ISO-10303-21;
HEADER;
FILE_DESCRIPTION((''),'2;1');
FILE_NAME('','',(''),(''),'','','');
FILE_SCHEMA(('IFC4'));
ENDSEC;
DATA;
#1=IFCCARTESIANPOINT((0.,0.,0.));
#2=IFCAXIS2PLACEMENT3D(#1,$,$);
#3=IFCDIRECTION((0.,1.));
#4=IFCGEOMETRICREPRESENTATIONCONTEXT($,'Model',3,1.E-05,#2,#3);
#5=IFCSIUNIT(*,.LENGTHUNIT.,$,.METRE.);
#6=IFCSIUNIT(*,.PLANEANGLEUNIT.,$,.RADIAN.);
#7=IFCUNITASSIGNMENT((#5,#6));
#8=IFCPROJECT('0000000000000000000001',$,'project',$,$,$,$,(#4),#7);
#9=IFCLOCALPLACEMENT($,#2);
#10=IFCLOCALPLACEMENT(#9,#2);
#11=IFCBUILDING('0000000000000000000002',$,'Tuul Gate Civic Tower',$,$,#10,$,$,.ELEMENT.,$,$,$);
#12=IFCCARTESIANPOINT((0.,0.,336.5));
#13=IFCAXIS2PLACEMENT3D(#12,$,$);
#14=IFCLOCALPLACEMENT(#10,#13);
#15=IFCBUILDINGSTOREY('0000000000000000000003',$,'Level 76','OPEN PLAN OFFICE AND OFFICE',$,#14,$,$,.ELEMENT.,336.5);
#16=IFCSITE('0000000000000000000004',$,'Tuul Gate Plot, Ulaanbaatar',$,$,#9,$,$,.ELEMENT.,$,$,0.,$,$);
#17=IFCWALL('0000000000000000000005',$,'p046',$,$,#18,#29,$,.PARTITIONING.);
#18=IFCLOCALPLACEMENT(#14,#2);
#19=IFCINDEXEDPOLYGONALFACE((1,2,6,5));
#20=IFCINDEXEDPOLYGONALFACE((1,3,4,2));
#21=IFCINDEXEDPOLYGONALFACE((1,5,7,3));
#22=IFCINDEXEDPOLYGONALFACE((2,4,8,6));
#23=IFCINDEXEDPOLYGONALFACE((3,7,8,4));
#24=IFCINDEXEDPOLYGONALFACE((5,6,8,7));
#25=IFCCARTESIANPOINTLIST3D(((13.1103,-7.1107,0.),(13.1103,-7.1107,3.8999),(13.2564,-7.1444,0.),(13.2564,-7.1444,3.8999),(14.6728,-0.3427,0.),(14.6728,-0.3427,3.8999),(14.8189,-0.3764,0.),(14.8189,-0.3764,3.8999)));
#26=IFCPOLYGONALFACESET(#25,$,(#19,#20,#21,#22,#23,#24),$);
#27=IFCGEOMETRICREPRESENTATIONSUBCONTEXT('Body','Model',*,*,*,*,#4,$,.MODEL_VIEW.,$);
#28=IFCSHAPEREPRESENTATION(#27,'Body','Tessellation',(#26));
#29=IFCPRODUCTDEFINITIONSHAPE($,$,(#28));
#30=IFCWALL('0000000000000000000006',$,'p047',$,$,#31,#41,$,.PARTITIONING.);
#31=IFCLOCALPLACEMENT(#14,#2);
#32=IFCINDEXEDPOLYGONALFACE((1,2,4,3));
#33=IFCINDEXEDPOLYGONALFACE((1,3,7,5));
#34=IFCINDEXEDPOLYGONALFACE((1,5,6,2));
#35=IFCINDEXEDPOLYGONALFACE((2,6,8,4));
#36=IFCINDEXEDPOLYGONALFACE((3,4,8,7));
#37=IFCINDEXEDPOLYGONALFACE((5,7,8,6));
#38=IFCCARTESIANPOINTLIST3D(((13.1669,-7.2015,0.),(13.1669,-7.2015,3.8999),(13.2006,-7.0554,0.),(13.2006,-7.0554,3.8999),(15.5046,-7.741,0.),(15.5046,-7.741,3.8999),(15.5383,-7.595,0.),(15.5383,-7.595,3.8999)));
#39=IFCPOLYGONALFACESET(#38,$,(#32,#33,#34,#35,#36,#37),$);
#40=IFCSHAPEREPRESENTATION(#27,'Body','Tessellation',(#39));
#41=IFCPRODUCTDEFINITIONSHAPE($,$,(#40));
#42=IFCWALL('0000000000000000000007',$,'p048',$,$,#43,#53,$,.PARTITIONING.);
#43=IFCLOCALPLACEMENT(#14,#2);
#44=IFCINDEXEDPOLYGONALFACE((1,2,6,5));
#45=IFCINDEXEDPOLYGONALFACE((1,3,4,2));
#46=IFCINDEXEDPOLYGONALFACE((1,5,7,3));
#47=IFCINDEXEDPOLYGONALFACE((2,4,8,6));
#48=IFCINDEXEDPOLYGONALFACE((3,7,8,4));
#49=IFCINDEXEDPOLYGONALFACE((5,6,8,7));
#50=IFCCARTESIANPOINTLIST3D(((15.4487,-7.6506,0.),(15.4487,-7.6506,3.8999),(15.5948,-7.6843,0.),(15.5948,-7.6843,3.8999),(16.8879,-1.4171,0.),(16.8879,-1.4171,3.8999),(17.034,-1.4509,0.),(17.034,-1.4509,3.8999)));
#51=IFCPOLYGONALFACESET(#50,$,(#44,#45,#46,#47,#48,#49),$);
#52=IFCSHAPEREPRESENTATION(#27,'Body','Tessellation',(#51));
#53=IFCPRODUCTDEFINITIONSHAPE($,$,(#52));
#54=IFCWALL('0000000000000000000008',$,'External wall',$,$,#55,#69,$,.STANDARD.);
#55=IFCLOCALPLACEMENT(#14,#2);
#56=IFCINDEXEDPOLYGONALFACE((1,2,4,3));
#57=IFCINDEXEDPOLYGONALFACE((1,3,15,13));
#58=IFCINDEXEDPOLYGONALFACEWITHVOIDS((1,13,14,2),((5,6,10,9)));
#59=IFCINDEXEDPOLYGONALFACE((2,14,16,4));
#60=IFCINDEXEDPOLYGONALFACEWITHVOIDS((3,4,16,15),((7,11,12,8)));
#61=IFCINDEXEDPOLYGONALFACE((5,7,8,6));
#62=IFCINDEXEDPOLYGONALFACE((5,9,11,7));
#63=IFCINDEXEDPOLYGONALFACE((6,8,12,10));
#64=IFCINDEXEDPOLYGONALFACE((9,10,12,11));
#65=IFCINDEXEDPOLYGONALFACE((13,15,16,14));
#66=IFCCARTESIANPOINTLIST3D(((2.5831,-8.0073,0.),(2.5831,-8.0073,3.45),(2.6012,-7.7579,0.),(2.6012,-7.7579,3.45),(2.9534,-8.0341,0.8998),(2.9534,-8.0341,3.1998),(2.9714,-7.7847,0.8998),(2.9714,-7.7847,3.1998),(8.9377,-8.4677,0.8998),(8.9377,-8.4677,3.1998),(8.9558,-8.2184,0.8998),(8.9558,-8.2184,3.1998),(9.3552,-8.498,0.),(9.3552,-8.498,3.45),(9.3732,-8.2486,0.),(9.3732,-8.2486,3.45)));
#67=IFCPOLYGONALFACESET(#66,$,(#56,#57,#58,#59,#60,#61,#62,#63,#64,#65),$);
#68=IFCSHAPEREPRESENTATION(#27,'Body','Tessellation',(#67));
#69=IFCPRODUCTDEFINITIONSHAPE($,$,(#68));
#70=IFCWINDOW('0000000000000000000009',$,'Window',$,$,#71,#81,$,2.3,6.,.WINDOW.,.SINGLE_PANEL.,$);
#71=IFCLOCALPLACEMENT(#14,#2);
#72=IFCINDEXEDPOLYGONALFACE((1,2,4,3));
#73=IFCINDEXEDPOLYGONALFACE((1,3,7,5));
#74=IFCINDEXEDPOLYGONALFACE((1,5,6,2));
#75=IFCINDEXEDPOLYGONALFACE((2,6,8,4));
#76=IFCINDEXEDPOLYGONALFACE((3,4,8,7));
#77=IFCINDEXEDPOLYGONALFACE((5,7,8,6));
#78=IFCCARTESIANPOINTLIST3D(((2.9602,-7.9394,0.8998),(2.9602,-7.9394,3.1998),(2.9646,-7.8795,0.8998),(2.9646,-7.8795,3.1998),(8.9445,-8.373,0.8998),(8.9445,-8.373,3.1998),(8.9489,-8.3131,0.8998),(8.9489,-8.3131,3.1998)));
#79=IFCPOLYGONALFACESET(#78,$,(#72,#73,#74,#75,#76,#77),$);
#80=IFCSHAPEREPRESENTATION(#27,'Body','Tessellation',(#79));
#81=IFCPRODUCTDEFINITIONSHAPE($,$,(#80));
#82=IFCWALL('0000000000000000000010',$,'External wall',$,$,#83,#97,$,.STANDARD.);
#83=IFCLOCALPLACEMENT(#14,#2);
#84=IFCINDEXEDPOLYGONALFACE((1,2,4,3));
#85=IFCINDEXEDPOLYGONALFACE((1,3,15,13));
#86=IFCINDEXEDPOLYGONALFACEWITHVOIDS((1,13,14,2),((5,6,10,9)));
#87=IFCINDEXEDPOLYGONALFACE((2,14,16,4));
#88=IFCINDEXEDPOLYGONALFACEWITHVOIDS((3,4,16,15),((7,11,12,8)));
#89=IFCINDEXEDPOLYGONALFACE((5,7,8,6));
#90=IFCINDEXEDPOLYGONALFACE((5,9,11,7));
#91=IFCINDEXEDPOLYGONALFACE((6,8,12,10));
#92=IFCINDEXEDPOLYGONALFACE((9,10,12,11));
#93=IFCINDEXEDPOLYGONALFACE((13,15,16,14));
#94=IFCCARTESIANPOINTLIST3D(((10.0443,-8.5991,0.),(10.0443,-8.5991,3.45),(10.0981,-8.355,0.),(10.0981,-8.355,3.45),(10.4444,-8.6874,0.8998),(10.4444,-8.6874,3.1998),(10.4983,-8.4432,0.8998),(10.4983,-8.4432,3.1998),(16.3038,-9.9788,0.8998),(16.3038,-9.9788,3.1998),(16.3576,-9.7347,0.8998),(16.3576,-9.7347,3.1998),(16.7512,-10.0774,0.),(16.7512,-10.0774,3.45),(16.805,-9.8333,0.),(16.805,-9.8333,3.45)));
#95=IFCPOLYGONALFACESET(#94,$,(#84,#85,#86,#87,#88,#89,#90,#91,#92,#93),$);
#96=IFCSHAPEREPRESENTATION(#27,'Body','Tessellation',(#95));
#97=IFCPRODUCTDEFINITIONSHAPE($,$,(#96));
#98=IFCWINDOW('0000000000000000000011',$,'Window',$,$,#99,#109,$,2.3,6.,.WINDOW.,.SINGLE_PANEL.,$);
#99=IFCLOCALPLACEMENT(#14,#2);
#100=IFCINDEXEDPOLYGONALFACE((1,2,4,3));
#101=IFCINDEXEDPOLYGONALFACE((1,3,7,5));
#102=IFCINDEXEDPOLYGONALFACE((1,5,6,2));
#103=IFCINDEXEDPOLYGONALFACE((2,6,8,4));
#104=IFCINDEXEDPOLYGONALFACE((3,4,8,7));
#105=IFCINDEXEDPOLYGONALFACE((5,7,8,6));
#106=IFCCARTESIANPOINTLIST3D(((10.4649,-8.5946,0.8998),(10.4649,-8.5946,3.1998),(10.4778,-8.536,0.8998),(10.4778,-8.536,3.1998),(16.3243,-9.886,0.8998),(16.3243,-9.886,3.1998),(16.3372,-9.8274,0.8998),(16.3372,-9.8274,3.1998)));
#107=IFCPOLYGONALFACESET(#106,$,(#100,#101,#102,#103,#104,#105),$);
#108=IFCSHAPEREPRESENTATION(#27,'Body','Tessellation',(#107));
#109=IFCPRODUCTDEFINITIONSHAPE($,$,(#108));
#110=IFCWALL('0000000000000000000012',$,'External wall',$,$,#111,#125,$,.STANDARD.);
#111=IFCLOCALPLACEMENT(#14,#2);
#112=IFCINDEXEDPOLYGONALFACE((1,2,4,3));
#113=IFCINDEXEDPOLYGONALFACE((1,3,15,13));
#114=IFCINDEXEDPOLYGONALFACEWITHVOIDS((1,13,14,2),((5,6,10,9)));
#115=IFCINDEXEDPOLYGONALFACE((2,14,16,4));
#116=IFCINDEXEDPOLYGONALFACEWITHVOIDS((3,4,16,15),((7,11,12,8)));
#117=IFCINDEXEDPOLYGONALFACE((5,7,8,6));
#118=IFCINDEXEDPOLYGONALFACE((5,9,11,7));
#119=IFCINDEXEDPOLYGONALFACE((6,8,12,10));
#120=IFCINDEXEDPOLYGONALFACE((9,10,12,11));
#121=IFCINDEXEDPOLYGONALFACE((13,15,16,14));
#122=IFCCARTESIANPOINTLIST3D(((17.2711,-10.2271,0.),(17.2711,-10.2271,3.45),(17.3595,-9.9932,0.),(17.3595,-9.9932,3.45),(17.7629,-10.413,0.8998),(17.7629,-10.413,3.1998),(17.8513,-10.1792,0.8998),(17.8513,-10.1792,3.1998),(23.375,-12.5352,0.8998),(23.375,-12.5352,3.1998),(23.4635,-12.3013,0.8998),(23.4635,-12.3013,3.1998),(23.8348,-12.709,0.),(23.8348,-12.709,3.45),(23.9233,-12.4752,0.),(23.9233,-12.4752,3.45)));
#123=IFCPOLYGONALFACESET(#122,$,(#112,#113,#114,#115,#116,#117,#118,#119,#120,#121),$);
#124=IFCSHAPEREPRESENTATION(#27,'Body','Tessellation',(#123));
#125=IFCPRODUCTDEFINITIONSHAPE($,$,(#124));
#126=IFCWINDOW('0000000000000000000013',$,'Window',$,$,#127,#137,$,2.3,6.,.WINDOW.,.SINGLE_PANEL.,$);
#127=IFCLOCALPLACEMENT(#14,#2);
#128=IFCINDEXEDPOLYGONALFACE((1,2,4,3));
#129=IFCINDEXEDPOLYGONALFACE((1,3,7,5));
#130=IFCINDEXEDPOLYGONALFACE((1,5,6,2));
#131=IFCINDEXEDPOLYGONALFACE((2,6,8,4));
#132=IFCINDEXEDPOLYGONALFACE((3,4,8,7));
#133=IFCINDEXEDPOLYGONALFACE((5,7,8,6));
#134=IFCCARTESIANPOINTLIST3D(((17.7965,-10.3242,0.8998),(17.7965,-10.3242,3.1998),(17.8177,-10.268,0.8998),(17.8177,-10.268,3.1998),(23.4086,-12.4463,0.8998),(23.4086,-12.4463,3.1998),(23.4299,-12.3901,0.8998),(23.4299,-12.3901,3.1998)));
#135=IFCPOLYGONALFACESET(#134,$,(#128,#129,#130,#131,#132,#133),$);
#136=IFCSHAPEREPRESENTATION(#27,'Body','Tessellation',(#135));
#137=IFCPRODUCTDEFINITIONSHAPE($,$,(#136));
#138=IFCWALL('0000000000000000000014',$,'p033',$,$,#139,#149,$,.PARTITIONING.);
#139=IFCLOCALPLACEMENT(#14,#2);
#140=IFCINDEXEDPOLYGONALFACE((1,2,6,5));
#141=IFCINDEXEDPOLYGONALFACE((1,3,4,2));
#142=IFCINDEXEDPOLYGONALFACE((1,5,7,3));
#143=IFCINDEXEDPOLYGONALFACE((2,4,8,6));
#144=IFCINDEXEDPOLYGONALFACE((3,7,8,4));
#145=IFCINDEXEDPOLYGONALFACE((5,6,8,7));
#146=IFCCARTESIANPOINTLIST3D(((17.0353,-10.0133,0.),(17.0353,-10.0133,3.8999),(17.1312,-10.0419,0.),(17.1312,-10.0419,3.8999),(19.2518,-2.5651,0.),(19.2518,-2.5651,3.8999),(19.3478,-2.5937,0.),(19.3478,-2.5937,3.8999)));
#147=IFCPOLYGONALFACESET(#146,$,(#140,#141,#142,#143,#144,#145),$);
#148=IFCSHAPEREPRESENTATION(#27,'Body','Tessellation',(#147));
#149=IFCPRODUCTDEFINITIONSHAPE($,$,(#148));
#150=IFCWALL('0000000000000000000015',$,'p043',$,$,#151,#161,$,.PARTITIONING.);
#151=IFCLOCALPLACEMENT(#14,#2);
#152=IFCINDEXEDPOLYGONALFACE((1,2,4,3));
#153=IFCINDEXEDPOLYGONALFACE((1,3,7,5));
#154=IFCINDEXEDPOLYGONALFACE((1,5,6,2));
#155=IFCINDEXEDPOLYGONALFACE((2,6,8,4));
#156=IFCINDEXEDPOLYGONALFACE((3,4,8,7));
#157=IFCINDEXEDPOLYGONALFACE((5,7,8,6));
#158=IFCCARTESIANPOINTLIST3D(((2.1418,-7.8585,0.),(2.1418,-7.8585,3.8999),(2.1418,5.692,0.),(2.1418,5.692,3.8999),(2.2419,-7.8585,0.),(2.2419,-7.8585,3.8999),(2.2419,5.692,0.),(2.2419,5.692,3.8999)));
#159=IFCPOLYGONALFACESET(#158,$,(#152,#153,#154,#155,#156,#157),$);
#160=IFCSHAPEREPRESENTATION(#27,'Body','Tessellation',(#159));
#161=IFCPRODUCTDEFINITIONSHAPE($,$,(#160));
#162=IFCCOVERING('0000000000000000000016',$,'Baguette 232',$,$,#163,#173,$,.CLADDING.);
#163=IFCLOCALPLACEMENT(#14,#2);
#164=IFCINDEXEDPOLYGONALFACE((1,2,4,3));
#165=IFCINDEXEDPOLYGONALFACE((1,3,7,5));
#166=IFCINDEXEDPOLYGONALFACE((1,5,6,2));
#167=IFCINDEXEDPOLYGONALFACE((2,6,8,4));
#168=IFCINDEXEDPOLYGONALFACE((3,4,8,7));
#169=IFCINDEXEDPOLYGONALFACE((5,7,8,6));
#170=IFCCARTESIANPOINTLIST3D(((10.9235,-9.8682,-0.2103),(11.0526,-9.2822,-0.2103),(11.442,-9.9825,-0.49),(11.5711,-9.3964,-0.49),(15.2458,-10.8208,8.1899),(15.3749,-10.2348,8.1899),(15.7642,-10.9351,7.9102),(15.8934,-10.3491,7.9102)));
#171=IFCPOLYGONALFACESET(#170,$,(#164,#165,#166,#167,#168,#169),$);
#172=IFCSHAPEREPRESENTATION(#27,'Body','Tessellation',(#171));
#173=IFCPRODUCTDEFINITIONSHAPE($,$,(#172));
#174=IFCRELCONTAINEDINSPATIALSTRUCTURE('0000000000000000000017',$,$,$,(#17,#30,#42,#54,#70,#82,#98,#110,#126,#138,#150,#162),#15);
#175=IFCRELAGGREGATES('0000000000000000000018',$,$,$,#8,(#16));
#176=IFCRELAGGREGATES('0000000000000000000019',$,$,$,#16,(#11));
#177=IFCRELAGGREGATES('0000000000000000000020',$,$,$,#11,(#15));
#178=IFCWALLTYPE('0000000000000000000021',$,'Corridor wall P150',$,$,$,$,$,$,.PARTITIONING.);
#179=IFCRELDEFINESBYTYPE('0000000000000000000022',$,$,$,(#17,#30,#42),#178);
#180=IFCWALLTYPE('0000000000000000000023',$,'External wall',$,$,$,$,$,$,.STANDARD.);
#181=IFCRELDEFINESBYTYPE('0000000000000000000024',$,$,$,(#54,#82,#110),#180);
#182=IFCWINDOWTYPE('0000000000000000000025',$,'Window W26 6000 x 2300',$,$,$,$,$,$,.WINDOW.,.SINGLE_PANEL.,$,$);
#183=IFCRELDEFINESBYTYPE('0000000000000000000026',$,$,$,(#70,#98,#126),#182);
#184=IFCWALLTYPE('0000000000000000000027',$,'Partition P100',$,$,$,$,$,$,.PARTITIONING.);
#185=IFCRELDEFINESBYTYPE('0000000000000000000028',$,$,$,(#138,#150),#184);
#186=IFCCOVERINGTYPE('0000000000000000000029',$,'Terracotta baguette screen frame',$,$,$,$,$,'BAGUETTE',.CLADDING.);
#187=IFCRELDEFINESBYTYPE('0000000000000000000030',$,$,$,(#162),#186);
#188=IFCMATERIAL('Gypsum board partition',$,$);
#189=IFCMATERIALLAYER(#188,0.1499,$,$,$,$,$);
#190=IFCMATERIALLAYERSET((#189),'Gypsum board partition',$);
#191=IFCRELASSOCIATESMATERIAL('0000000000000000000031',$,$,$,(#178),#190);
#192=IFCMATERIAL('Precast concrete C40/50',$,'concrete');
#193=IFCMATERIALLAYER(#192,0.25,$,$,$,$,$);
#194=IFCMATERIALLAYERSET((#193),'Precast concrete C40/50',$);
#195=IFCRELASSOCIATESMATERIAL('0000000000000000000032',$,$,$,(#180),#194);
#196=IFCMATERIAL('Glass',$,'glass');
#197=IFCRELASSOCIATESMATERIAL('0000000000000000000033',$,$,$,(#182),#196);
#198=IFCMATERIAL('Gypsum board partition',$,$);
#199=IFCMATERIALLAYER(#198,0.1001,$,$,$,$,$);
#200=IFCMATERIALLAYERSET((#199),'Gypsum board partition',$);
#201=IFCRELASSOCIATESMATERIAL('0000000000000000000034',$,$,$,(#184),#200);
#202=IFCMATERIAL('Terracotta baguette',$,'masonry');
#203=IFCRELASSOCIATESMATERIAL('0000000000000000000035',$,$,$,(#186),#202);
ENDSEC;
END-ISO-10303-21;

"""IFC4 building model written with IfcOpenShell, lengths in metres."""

from ifc_helpers import new_model, si_unit, direction, frame, frame_2d, origin, origin_2d, place, context, subcontext, project, spatial, rectangle, extrude, material, layer, layer_set, material_profile, profile_set, type_object, element, fill, save


model = new_model("IFC4")

# Units and contexts
model_context = context("Model", 3, precision=1e-05, world=origin(), true_north=direction((0.0, 1.0)))
body_context = subcontext(model_context, "Body", "Model", "MODEL_VIEW")
ifc_project = project(units=[si_unit("LENGTHUNIT", "METRE"), si_unit("PLANEANGLEUNIT", "RADIAN")], contexts=[model_context])

# Site, building, storey
site_placement = place(None, origin())
site = spatial("IfcSite", under=ifc_project, at=site_placement, Name="Tuul Gate Plot, Ulaanbaatar", CompositionType="ELEMENT", RefElevation=0.0)
building_placement = place(site_placement, origin())
building = spatial("IfcBuilding", under=site, at=building_placement, Name="Tuul Gate Civic Tower", CompositionType="ELEMENT")
storey_placement = place(building_placement, frame((0.0, 0.0, 336.5)))
storey = spatial("IfcBuildingStorey", under=building, at=storey_placement, Name="Level 76", Description="OPEN PLAN OFFICE AND OFFICE", CompositionType="ELEMENT", Elevation=336.5)

# Walls
ifc_material_1 = material(Name="Gypsum board partition")
ifc_layer_1 = layer(ifc_material_1, 0.1499)
ifc_layer_set_1 = layer_set([ifc_layer_1], Name="Gypsum board partition")
wall_type_1 = type_object("IfcWallType", Name="Corridor wall P150", PredefinedType="PARTITIONING", material=ifc_layer_set_1)
wall_1_placement = place(storey_placement, frame((13.1833, -7.1277, 0.0), z_axis=(0.0, 0.0, 1.0), x_axis=(0.224947, 0.974371, 0.0)))
element("IfcWall", 1, at=wall_1_placement, inside=storey, type_object=wall_type_1, Name="p046", PredefinedType="PARTITIONING", context=body_context, shape_type="SweptSolid", body=[
    extrude(rectangle(XDim=6.946, YDim=0.1499, at=frame_2d((3.4731, 0.0))), origin(), (0.0, 0.0, 1.0), 3.8999),
])
wall_2_placement = place(storey_placement, frame((13.1836, -7.1284, 0.0), z_axis=(0.0, 0.0, 1.0), x_axis=(0.974383, -0.224897, 0.0)))
element("IfcWall", 2, at=wall_2_placement, inside=storey, type_object=wall_type_1, Name="p047", PredefinedType="PARTITIONING", context=body_context, shape_type="SweptSolid", body=[
    extrude(rectangle(XDim=2.3992, YDim=0.1499, at=frame_2d((1.1997, 0.0))), origin(), (0.0, 0.0, 1.0), 3.8999),
])
wall_3_placement = place(storey_placement, frame((15.5217, -7.6675, 0.0), z_axis=(0.0, 0.0, 1.0), x_axis=(0.224968, 0.974366, 0.0)))
element("IfcWall", 3, at=wall_3_placement, inside=storey, type_object=wall_type_1, Name="p048", PredefinedType="PARTITIONING", context=body_context, shape_type="SweptSolid", body=[
    extrude(rectangle(XDim=6.3975, YDim=0.1499, at=frame_2d((3.1987, 0.0))), origin(), (0.0, 0.0, 1.0), 3.8999),
])

# Walls, openings, windows
ifc_material_2 = material(Name="Precast concrete C40/50", Category="concrete")
ifc_layer_2 = layer(ifc_material_2, 0.25)
ifc_layer_set_2 = layer_set([ifc_layer_2], Name="Precast concrete C40/50")
wall_type_2 = type_object("IfcWallType", Name="External wall", PredefinedType="STANDARD", material=ifc_layer_set_2)
wall_4_placement = place(storey_placement, frame((2.592, -7.8826, 0.0), z_axis=(0.0, 0.0, 1.0), x_axis=(0.997385, -0.072274, 0.0)))
wall_4 = element("IfcWall", 4, at=wall_4_placement, inside=storey, type_object=wall_type_2, Name="External wall", PredefinedType="STANDARD", context=body_context, shape_type="SweptSolid", body=[
    extrude(rectangle(XDim=6.7898, YDim=0.25, at=frame_2d((3.395, 0.0))), origin(), (0.0, 0.0, 1.0), 3.45),
])
opening_1_placement = place(wall_4_placement, frame((0.3713, 0.0, 0.8999)))
opening_1 = element("IfcOpeningElement", 5, at=opening_1_placement, cuts=wall_4, PredefinedType="OPENING", context=body_context, shape_type="SweptSolid", body=[
    extrude(rectangle(XDim=6.0, YDim=2.3, at=frame_2d((3.0, 1.1499))), frame((0.0, 0.135, 0.0), z_axis=(0.0, -1.0, 0.0), x_axis=(1.0, 0.0, 0.0)), (0.0, 0.0, 1.0), 0.27),
])
ifc_material_3 = material(Name="Glass", Category="glass")
window_type = type_object("IfcWindowType", Name="Window W26 6000 x 2300", PartitioningType="SINGLE_PANEL", PredefinedType="WINDOW", material=ifc_material_3)
window_1_placement = place(opening_1_placement, origin())
window_1 = element("IfcWindow", 6, at=window_1_placement, inside=storey, type_object=window_type, Name="Window", OverallHeight=2.3, OverallWidth=6.0, PartitioningType="SINGLE_PANEL", PredefinedType="WINDOW", context=body_context, shape_type="SweptSolid", body=[
    extrude(rectangle(XDim=6.0, YDim=2.3, at=frame_2d((3.0, 1.1499))), frame((0.0, 0.03, 0.0), z_axis=(0.0, -1.0, 0.0), x_axis=(1.0, 0.0, 0.0)), (0.0, 0.0, 1.0), 0.0601),
])
fill(opening_1, window_1)
wall_5_placement = place(storey_placement, frame((10.071, -8.4771, 0.0), z_axis=(0.0, 0.0, 1.0), x_axis=(0.976561, -0.21524, 0.0)))
wall_5 = element("IfcWall", 7, at=wall_5_placement, inside=storey, type_object=wall_type_2, Name="External wall", PredefinedType="STANDARD", context=body_context, shape_type="SweptSolid", body=[
    extrude(rectangle(XDim=6.8679, YDim=0.25, at=frame_2d((3.4341, 0.0))), origin(), (0.0, 0.0, 1.0), 3.45),
])
opening_2_placement = place(wall_5_placement, frame((0.4099, 0.0, 0.8999)))
opening_2 = element("IfcOpeningElement", 8, at=opening_2_placement, cuts=wall_5, PredefinedType="OPENING", context=body_context, shape_type="SweptSolid", body=[
    extrude(rectangle(XDim=6.0, YDim=2.3, at=frame_2d((3.0, 1.1499))), frame((0.0, 0.135, 0.0), z_axis=(0.0, -1.0, 0.0), x_axis=(1.0, 0.0, 0.0)), (0.0, 0.0, 1.0), 0.27),
])
window_2_placement = place(opening_2_placement, origin())
window_2 = element("IfcWindow", 9, at=window_2_placement, inside=storey, type_object=window_type, Name="Window", OverallHeight=2.3, OverallWidth=6.0, PartitioningType="SINGLE_PANEL", PredefinedType="WINDOW", context=body_context, shape_type="SweptSolid", body=[
    extrude(rectangle(XDim=6.0, YDim=2.3, at=frame_2d((3.0, 1.1499))), frame((0.0, 0.03, 0.0), z_axis=(0.0, -1.0, 0.0), x_axis=(1.0, 0.0, 0.0)), (0.0, 0.0, 1.0), 0.0601),
])
fill(opening_2, window_2)
wall_6_placement = place(storey_placement, frame((17.3152, -10.1101, 0.0), z_axis=(0.0, 0.0, 1.0), x_axis=(0.935363, -0.353688, 0.0)))
wall_6 = element("IfcWall", 10, at=wall_6_placement, inside=storey, type_object=wall_type_2, Name="External wall", PredefinedType="STANDARD", context=body_context, shape_type="SweptSolid", body=[
    extrude(rectangle(XDim=7.0173, YDim=0.25, at=frame_2d((3.5088, 0.0))), origin(), (0.0, 0.0, 1.0), 3.45),
])
opening_3_placement = place(wall_6_placement, frame((0.5259, 0.0, 0.8999)))
opening_3 = element("IfcOpeningElement", 11, at=opening_3_placement, cuts=wall_6, PredefinedType="OPENING", context=body_context, shape_type="SweptSolid", body=[
    extrude(rectangle(XDim=6.0, YDim=2.3, at=frame_2d((3.0, 1.1499))), frame((0.0, 0.135, 0.0), z_axis=(0.0, -1.0, 0.0), x_axis=(1.0, 0.0, 0.0)), (0.0, 0.0, 1.0), 0.27),
])
window_3_placement = place(opening_3_placement, origin())
window_3 = element("IfcWindow", 12, at=window_3_placement, inside=storey, type_object=window_type, Name="Window", OverallHeight=2.3, OverallWidth=6.0, PartitioningType="SINGLE_PANEL", PredefinedType="WINDOW", context=body_context, shape_type="SweptSolid", body=[
    extrude(rectangle(XDim=6.0, YDim=2.3, at=frame_2d((3.0, 1.1499))), frame((0.0, 0.03, 0.0), z_axis=(0.0, -1.0, 0.0), x_axis=(1.0, 0.0, 0.0)), (0.0, 0.0, 1.0), 0.0601),
])
fill(opening_3, window_3)

# Walls
ifc_material_4 = material(Name="Gypsum board partition")
ifc_layer_3 = layer(ifc_material_4, 0.1001)
ifc_layer_set_3 = layer_set([ifc_layer_3], Name="Gypsum board partition")
wall_type_3 = type_object("IfcWallType", Name="Partition P100", PredefinedType="PARTITIONING", material=ifc_layer_set_3)
wall_7_placement = place(storey_placement, frame((17.0833, -10.0276, 0.0), z_axis=(0.0, 0.0, 1.0), x_axis=(0.285232, 0.958459, 0.0)))
element("IfcWall", 13, at=wall_7_placement, inside=storey, type_object=wall_type_3, Name="p033", PredefinedType="PARTITIONING", context=body_context, shape_type="SweptSolid", body=[
    extrude(rectangle(XDim=7.771, YDim=0.1001, at=frame_2d((3.8855, 0.0))), origin(), (0.0, 0.0, 1.0), 3.8999),
])
wall_8_placement = place(storey_placement, frame((2.1919, -7.8586, 0.0), z_axis=(0.0, 0.0, 1.0), x_axis=(0.0, 1.0, 0.0)))
element("IfcWall", 14, at=wall_8_placement, inside=storey, type_object=wall_type_3, Name="p043", PredefinedType="PARTITIONING", context=body_context, shape_type="SweptSolid", body=[
    extrude(rectangle(XDim=13.5505, YDim=0.1001, at=frame_2d((6.7754, 0.0))), origin(), (0.0, 0.0, 1.0), 3.8999),
])

# Covering
ifc_material_5 = material(Name="Terracotta baguette", Category="masonry")
ifc_material_profile_1 = material_profile(ifc_material_5, rectangle(XDim=0.6001, YDim=0.6001, at=origin_2d()), Name="Terracotta baguette screen frame")
ifc_profile_set_1 = profile_set([ifc_material_profile_1], Name="Terracotta baguette")
covering_type = type_object("IfcCoveringType", Name="Terracotta baguette screen frame", ElementType="BAGUETTE", PredefinedType="CLADDING", material=ifc_profile_set_1)
covering_placement = place(storey_placement, frame((15.5696, -10.585, 8.05), z_axis=(-0.455223, 0.100332, -0.884707), x_axis=(-0.215236, -0.976562, 0.0)))
element("IfcCovering", 15, at=covering_placement, inside=storey, type_object=covering_type, Name="Baguette 232", PredefinedType="CLADDING", context=body_context, shape_type="SweptSolid", body=[
    extrude(rectangle(XDim=0.6001, YDim=0.6001, at=origin_2d()), origin(), (0.0, 0.0, 1.0), 9.4949),
])

save(model, "model.ifc")
